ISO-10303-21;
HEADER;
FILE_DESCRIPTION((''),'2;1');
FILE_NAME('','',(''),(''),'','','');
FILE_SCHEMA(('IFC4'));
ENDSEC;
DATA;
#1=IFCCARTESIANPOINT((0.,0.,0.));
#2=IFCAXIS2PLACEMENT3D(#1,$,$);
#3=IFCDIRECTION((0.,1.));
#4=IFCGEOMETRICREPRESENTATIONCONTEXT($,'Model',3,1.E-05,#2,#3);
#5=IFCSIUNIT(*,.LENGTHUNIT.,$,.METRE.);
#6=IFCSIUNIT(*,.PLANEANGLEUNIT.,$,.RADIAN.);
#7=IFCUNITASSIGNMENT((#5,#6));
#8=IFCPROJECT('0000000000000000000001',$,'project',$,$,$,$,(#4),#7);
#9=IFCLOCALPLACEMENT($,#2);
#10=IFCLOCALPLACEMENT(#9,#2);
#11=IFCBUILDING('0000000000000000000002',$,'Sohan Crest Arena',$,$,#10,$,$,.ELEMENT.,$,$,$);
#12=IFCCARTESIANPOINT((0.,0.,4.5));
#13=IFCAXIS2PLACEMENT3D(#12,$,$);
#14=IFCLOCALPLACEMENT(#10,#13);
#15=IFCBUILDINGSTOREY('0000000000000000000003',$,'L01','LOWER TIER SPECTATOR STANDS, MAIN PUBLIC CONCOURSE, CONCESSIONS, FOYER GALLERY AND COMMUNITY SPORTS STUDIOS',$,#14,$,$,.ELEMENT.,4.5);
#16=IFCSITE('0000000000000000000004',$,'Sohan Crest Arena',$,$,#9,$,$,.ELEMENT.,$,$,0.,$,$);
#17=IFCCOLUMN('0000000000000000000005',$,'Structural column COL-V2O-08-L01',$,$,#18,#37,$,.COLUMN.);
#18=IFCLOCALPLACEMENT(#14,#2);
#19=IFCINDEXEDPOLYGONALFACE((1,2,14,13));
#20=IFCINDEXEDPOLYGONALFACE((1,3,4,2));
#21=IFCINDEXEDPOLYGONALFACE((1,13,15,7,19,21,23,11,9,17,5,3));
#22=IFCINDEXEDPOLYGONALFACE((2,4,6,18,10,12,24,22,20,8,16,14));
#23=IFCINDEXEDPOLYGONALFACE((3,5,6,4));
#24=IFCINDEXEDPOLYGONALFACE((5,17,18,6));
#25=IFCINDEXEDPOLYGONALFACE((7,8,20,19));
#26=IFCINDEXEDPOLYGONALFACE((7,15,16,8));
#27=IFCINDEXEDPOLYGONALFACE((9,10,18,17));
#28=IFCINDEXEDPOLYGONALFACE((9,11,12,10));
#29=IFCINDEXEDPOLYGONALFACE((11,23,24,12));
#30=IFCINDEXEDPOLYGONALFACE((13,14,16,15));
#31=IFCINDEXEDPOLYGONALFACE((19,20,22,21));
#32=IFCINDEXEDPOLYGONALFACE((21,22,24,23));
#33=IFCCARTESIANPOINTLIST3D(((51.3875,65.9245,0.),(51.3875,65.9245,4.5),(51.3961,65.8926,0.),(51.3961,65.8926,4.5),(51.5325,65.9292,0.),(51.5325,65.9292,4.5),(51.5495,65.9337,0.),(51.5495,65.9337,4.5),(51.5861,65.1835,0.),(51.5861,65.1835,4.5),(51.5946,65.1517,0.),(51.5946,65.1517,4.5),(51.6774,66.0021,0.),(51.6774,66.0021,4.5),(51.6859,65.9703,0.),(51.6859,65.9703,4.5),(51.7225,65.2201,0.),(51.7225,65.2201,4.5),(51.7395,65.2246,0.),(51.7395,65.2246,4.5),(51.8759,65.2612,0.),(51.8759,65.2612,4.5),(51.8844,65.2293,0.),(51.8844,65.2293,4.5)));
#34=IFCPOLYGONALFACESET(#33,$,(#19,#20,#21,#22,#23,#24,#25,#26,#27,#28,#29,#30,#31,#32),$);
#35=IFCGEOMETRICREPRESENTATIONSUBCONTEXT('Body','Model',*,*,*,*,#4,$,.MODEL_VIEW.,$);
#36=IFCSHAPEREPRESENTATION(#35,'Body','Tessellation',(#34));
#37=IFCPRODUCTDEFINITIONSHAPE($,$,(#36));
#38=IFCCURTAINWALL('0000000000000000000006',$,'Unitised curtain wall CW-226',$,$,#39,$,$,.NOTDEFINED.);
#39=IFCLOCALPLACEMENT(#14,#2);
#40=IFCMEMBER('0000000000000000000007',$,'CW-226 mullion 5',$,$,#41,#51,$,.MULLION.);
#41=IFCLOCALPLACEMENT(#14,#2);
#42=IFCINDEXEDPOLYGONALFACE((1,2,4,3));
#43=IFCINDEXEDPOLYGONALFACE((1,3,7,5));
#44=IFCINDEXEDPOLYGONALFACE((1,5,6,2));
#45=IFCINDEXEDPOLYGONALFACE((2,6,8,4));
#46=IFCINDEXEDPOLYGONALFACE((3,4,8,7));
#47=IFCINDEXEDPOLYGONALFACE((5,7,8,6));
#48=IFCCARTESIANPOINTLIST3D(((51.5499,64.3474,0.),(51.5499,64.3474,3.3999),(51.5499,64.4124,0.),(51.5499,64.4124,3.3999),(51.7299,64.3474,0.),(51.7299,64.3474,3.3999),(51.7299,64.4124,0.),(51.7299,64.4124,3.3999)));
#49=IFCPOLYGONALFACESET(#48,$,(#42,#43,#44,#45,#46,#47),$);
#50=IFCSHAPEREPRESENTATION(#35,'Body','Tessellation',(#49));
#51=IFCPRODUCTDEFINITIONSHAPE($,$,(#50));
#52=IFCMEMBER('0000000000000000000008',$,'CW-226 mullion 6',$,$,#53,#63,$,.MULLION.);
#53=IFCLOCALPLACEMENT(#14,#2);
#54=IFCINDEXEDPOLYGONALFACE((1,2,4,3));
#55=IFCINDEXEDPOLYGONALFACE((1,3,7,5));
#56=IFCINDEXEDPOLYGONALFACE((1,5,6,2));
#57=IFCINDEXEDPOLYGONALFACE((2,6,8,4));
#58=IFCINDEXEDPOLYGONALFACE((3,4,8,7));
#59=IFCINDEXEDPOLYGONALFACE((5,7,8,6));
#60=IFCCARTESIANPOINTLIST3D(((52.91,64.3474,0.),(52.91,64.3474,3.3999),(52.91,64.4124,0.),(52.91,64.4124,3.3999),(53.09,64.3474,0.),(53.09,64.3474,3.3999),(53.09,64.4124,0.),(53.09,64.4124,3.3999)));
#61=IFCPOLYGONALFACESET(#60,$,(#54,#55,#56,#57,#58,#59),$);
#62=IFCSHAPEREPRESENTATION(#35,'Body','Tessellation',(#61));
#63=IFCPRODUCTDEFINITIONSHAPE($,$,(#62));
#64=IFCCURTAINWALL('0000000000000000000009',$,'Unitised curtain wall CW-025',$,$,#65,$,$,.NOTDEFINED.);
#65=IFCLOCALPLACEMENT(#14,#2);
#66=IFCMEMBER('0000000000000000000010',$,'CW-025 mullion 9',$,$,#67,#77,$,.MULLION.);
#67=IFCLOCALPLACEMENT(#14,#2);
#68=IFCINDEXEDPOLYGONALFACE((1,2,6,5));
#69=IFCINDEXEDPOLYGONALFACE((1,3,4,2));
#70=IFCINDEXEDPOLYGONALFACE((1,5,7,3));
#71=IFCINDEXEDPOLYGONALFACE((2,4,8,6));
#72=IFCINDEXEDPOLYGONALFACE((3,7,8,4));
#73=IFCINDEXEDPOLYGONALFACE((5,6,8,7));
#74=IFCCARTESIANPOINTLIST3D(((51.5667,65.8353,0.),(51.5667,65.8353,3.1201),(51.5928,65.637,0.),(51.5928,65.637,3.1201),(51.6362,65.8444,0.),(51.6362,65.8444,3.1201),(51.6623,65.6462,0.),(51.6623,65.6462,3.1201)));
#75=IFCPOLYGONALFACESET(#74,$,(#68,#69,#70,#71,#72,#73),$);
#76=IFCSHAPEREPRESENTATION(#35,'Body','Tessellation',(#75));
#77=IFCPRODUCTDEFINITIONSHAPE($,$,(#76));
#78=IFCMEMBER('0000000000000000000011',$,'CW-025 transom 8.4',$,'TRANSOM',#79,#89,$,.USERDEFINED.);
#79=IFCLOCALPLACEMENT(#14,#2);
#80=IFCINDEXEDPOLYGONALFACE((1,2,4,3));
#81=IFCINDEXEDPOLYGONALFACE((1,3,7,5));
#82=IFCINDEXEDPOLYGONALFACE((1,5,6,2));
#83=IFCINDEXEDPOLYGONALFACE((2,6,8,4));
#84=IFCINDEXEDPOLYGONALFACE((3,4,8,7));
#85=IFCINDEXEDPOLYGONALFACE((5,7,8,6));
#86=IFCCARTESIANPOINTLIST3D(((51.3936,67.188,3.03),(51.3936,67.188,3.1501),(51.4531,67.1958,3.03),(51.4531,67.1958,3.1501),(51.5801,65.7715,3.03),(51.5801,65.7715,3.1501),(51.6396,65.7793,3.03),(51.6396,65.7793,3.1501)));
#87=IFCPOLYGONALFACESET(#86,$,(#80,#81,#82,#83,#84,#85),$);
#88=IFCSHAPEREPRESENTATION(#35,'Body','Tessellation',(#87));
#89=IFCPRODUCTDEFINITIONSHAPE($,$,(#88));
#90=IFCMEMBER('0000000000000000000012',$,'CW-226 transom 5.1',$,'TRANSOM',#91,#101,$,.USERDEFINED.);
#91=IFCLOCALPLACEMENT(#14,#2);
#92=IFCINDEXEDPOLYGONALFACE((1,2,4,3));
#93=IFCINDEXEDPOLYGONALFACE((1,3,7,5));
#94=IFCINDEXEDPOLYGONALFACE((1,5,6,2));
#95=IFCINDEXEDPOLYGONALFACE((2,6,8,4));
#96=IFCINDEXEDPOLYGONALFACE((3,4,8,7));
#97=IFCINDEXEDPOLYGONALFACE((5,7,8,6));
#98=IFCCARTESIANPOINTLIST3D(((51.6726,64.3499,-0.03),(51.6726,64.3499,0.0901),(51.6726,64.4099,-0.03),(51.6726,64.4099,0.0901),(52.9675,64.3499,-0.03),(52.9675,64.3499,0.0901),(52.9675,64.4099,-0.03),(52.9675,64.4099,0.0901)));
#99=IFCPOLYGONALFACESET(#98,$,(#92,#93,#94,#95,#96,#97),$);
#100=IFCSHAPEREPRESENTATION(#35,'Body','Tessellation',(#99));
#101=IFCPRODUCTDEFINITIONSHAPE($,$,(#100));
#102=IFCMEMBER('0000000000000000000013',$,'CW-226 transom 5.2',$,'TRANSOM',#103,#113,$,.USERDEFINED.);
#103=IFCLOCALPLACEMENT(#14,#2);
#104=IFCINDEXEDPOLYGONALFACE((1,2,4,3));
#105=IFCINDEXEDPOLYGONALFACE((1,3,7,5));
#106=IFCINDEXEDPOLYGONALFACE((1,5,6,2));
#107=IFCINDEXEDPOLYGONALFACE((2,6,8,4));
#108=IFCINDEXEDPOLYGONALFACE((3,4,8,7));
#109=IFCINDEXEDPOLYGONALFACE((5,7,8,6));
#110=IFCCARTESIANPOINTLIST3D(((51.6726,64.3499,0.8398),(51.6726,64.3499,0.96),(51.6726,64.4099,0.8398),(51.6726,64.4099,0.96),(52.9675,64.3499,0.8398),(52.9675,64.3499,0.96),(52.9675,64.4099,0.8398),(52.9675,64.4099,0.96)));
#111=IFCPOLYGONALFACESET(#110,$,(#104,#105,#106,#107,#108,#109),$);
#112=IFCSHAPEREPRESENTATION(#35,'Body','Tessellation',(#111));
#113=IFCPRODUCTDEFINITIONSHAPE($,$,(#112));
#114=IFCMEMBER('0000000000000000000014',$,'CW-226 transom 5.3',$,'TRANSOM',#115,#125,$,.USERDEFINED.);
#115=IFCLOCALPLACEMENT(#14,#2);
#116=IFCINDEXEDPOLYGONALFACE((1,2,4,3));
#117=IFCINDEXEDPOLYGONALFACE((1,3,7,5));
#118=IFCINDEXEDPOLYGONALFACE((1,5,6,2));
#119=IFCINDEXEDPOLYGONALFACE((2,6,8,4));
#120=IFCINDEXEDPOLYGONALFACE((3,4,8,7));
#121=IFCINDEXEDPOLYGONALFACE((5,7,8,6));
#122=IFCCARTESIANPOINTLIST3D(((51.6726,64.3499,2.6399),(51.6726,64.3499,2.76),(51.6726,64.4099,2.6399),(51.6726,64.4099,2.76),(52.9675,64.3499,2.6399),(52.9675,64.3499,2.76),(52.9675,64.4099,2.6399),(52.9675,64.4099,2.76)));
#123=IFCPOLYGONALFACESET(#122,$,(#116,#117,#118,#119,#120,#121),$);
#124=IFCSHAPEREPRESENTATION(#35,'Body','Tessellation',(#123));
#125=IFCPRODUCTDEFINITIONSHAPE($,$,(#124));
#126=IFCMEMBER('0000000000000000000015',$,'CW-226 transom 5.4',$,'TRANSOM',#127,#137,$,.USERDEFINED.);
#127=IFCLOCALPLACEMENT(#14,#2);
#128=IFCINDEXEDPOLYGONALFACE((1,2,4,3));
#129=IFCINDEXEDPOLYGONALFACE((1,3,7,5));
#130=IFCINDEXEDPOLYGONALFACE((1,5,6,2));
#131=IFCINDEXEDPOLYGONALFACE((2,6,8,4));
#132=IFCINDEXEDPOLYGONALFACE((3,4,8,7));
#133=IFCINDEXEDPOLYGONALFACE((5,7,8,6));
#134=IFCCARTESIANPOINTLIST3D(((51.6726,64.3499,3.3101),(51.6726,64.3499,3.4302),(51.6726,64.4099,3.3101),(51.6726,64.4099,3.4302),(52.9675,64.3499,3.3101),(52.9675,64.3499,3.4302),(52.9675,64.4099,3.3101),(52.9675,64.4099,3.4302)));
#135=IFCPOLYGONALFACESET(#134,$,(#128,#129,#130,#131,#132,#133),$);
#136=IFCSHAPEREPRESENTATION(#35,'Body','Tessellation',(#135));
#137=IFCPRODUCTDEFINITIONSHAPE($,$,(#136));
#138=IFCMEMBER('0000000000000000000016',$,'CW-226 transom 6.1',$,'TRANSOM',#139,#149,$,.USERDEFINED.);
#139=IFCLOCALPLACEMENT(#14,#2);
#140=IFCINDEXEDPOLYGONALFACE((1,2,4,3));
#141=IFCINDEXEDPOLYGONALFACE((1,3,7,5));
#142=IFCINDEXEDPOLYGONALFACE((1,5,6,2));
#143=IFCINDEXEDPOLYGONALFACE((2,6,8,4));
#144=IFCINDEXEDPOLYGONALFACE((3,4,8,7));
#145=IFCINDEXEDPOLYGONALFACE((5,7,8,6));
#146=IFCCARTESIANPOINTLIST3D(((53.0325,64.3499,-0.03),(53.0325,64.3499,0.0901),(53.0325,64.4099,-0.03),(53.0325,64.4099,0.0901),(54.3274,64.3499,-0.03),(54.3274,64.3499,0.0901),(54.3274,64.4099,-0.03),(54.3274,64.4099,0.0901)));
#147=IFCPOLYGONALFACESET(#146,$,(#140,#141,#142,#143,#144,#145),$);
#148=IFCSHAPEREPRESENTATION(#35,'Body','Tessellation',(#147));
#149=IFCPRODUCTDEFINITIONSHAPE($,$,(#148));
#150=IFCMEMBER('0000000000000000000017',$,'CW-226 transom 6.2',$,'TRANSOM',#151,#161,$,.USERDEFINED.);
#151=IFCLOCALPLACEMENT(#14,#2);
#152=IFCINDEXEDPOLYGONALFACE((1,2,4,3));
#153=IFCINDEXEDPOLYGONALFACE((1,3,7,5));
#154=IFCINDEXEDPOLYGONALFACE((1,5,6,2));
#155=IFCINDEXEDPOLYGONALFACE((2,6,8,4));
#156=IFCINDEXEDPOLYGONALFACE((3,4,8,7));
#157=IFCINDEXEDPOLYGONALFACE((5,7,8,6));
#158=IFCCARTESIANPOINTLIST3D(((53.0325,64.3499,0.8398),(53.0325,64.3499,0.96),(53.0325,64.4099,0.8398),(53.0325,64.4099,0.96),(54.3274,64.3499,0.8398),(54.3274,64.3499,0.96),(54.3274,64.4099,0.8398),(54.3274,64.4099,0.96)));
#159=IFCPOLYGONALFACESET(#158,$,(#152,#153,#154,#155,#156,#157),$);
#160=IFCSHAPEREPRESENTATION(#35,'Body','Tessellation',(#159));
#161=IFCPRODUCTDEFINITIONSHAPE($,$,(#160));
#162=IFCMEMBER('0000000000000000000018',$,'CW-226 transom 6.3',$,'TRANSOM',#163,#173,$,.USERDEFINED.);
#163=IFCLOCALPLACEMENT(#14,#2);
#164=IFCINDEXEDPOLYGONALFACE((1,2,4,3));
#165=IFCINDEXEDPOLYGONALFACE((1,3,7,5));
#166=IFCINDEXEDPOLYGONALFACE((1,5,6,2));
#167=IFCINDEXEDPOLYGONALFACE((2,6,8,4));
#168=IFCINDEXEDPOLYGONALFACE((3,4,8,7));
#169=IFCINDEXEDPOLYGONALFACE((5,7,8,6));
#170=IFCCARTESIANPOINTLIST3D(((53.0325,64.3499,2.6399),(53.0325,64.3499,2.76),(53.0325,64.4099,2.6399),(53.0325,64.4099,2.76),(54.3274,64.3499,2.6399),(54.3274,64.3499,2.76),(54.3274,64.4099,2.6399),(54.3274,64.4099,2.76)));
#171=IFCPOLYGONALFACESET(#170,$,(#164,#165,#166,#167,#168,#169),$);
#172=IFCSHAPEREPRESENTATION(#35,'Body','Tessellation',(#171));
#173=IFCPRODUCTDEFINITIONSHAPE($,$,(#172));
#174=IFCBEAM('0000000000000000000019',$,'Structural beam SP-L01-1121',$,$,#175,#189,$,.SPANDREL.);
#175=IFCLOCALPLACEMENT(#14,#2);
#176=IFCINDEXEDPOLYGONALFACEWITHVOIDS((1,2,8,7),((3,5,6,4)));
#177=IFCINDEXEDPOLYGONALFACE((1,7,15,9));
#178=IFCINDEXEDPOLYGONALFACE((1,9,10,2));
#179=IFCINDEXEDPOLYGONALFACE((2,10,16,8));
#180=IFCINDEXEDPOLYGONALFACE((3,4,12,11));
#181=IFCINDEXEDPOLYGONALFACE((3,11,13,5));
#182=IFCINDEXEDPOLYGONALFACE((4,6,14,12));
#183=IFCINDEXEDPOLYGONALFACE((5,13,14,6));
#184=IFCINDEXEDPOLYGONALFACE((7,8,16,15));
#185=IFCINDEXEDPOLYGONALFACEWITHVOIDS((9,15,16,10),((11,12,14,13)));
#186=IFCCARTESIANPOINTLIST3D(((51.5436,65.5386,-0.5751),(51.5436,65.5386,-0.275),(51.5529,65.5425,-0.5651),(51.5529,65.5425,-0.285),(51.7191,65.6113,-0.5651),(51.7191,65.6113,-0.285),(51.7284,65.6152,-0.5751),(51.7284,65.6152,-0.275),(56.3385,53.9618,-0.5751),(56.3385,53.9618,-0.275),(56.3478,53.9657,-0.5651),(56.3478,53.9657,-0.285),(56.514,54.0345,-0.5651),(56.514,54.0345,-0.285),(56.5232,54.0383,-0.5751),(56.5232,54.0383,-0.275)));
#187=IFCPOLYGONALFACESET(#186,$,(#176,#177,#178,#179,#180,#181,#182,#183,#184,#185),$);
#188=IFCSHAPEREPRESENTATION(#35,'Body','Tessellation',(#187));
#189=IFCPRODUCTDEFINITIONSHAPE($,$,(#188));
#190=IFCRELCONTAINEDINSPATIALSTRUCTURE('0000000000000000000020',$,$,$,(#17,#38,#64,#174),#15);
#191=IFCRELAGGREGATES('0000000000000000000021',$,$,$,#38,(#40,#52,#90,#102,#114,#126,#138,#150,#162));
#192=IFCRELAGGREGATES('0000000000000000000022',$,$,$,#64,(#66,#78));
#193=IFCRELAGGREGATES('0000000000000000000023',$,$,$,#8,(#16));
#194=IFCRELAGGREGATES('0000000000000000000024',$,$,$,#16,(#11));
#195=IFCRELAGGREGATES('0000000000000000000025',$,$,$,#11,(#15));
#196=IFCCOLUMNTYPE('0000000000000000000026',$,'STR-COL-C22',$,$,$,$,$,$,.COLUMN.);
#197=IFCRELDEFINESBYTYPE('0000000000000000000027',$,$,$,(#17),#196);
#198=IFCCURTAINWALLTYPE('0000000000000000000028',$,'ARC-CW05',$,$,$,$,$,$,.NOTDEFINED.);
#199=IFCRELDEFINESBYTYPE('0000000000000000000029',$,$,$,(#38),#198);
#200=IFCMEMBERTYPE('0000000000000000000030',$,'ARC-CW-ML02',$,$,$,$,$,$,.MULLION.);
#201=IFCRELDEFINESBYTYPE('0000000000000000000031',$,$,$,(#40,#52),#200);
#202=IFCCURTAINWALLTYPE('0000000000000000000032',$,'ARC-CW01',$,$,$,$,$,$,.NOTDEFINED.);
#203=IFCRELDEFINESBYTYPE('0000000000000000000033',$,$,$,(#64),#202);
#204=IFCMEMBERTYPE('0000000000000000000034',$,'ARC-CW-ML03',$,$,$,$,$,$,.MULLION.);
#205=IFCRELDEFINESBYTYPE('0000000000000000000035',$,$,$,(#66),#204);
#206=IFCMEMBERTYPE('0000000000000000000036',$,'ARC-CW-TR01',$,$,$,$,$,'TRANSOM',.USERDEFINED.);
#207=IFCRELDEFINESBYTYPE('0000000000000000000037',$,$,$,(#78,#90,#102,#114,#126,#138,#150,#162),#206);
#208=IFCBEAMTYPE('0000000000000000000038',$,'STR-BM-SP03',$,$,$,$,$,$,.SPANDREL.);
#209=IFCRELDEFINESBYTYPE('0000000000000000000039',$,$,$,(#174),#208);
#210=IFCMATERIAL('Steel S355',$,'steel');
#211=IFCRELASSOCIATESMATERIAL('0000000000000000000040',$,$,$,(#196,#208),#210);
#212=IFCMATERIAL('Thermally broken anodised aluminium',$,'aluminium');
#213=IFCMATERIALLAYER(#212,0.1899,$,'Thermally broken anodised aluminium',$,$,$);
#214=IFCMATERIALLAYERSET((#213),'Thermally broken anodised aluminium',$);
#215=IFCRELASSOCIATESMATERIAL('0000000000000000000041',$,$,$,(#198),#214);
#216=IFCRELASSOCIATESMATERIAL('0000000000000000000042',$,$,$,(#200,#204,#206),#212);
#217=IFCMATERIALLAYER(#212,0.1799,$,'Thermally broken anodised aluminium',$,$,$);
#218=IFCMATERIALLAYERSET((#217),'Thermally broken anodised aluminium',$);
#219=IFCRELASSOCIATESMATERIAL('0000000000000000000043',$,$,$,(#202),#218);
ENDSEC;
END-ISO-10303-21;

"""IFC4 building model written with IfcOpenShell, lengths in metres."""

from ifc_helpers import new_model, si_unit, direction, frame, origin, origin_2d, place, context, subcontext, project, spatial, rectangle, hollow_rectangle, i_section, extrude, material, layer, layer_set, material_profile, profile_set, type_object, element, aggregate, save


model = new_model("IFC4")

# Units and contexts
model_context = context("Model", 3, precision=1e-05, world=origin(), true_north=direction((0.0, 1.0)))
body_context = subcontext(model_context, "Body", "Model", "MODEL_VIEW")
ifc_project = project(units=[si_unit("LENGTHUNIT", "METRE"), si_unit("PLANEANGLEUNIT", "RADIAN")], contexts=[model_context])

# Site, building, storey
site_placement = place(None, origin())
site = spatial("IfcSite", under=ifc_project, at=site_placement, Name="Sohan Crest Arena", CompositionType="ELEMENT", RefElevation=0.0)
building_placement = place(site_placement, origin())
building = spatial("IfcBuilding", under=site, at=building_placement, Name="Sohan Crest Arena", CompositionType="ELEMENT")
storey_placement = place(building_placement, frame((0.0, 0.0, 4.5)))
storey = spatial("IfcBuildingStorey", under=building, at=storey_placement, Name="L01", Description="LOWER TIER SPECTATOR STANDS, MAIN PUBLIC CONCOURSE, CONCESSIONS, FOYER GALLERY AND COMMUNITY SPORTS STUDIOS", CompositionType="ELEMENT", Elevation=4.5)

# Column
ifc_material_1 = material(Name="Steel S355", Category="steel")
ifc_material_profile_1 = material_profile(ifc_material_1, i_section(OverallWidth=0.3, OverallDepth=0.8, WebThickness=0.0176, FlangeThickness=0.033, at=origin_2d()), Name="HEB 800")
ifc_profile_set_1 = profile_set([ifc_material_profile_1], Name="Steel S355")
column_type = type_object("IfcColumnType", Name="STR-COL-C22", PredefinedType="COLUMN", material=ifc_profile_set_1)
column_placement = place(storey_placement, frame((51.636, 65.5769, 0.0), z_axis=(0.0, 0.0, 1.0), x_axis=(0.965926, 0.258819, 0.0)))
element("IfcColumn", 1, at=column_placement, inside=storey, type_object=column_type, Name="Structural column COL-V2O-08-L01", PredefinedType="COLUMN", context=body_context, shape_type="SweptSolid", body=[
    extrude(i_section(OverallWidth=0.3, OverallDepth=0.8, WebThickness=0.0176, FlangeThickness=0.033, at=origin_2d()), origin(), (0.0, 0.0, 1.0), 4.5),
])

# Curtain walls, members
ifc_material_2 = material(Name="Thermally broken anodised aluminium", Category="aluminium")
ifc_layer_1 = layer(ifc_material_2, 0.1899, Name="Thermally broken anodised aluminium")
ifc_layer_set_1 = layer_set([ifc_layer_1], Name="Thermally broken anodised aluminium")
curtain_wall_type_1 = type_object("IfcCurtainWallType", Name="ARC-CW05", PredefinedType="NOTDEFINED", material=ifc_layer_set_1)
curtain_wall_1_placement = place(storey_placement, origin())
curtain_wall_1 = element("IfcCurtainWall", 2, at=curtain_wall_1_placement, inside=storey, type_object=curtain_wall_type_1, Name="Unitised curtain wall CW-226", PredefinedType="NOTDEFINED")
ifc_material_profile_2 = material_profile(ifc_material_2, rectangle(XDim=0.0649, YDim=0.1799, at=origin_2d()), Name="ALU-MULL 65x180")
ifc_profile_set_2 = profile_set([ifc_material_profile_2], Name="Thermally broken anodised aluminium")
member_type_1 = type_object("IfcMemberType", Name="ARC-CW-ML02", PredefinedType="MULLION", material=ifc_profile_set_2)
member_1_placement = place(storey_placement, frame((51.6399, 64.3799, 0.0), z_axis=(0.0, 0.0, 1.0), x_axis=(0.0, 1.0, 0.0)))
member_1 = element("IfcMember", 3, at=member_1_placement, type_object=member_type_1, Name="CW-226 mullion 5", PredefinedType="MULLION", context=body_context, shape_type="SweptSolid", body=[
    extrude(rectangle(XDim=0.0649, YDim=0.1799, at=origin_2d()), origin(), (0.0, 0.0, 1.0), 3.3999),
])
member_2_placement = place(storey_placement, frame((53.0, 64.3799, 0.0), z_axis=(0.0, 0.0, 1.0), x_axis=(0.0, 1.0, 0.0)))
member_2 = element("IfcMember", 4, at=member_2_placement, type_object=member_type_1, Name="CW-226 mullion 6", PredefinedType="MULLION", context=body_context, shape_type="SweptSolid", body=[
    extrude(rectangle(XDim=0.0649, YDim=0.1799, at=origin_2d()), origin(), (0.0, 0.0, 1.0), 3.3999),
])
ifc_layer_2 = layer(ifc_material_2, 0.1799, Name="Thermally broken anodised aluminium")
ifc_layer_set_2 = layer_set([ifc_layer_2], Name="Thermally broken anodised aluminium")
curtain_wall_type_2 = type_object("IfcCurtainWallType", Name="ARC-CW01", PredefinedType="NOTDEFINED", material=ifc_layer_set_2)
curtain_wall_2_placement = place(storey_placement, origin())
curtain_wall_2 = element("IfcCurtainWall", 5, at=curtain_wall_2_placement, inside=storey, type_object=curtain_wall_type_2, Name="Unitised curtain wall CW-025", PredefinedType="NOTDEFINED")
ifc_material_profile_3 = material_profile(ifc_material_2, rectangle(XDim=0.0701, YDim=0.2, at=origin_2d()), Name="ALU-MULL 70x200")
ifc_profile_set_3 = profile_set([ifc_material_profile_3], Name="Thermally broken anodised aluminium")
member_type_2 = type_object("IfcMemberType", Name="ARC-CW-ML03", PredefinedType="MULLION", material=ifc_profile_set_3)
member_3_placement = place(storey_placement, frame((51.6145, 65.7407, 0.0), z_axis=(0.0, 0.0, 1.0), x_axis=(0.99144, 0.130562, 0.0)))
member_3 = element("IfcMember", 6, at=member_3_placement, type_object=member_type_2, Name="CW-025 mullion 9", PredefinedType="MULLION", context=body_context, shape_type="SweptSolid", body=[
    extrude(rectangle(XDim=0.0701, YDim=0.2, at=origin_2d()), origin(), (0.0, 0.0, 1.0), 3.1201),
])
ifc_material_profile_4 = material_profile(ifc_material_2, rectangle(XDim=0.0601, YDim=0.1201, at=origin_2d()), Name="ALU-TRAN 60x120")
ifc_profile_set_4 = profile_set([ifc_material_profile_4], Name="Thermally broken anodised aluminium")
member_type_3 = type_object("IfcMemberType", Name="ARC-CW-TR01", ElementType="TRANSOM", PredefinedType="USERDEFINED", material=ifc_profile_set_4)
member_4_placement = place(storey_placement, frame((51.4233, 67.1919, 3.0901), z_axis=(0.130552, -0.991441, 0.0), x_axis=(0.991441, 0.130552, 0.0)))
member_4 = element("IfcMember", 7, at=member_4_placement, type_object=member_type_3, Name="CW-025 transom 8.4", ObjectType="TRANSOM", PredefinedType="USERDEFINED", context=body_context, shape_type="SweptSolid", body=[
    extrude(rectangle(XDim=0.0601, YDim=0.1201, at=origin_2d()), origin(), (0.0, 0.0, 1.0), 1.4287),
])

# Members
member_5_placement = place(storey_placement, frame((51.6726, 64.3799, 0.03), z_axis=(1.0, 0.0, 0.0), x_axis=(0.0, 1.0, 0.0)))
member_5 = element("IfcMember", 8, at=member_5_placement, type_object=member_type_3, Name="CW-226 transom 5.1", ObjectType="TRANSOM", PredefinedType="USERDEFINED", context=body_context, shape_type="SweptSolid", body=[
    extrude(rectangle(XDim=0.0601, YDim=0.1201, at=origin_2d()), origin(), (0.0, 0.0, 1.0), 1.2949),
])
member_6_placement = place(storey_placement, frame((51.6726, 64.3799, 0.8999), z_axis=(1.0, 0.0, 0.0), x_axis=(0.0, 1.0, 0.0)))
member_6 = element("IfcMember", 9, at=member_6_placement, type_object=member_type_3, Name="CW-226 transom 5.2", ObjectType="TRANSOM", PredefinedType="USERDEFINED", context=body_context, shape_type="SweptSolid", body=[
    extrude(rectangle(XDim=0.0601, YDim=0.1201, at=origin_2d()), origin(), (0.0, 0.0, 1.0), 1.2949),
])
member_7_placement = place(storey_placement, frame((51.6726, 64.3799, 2.7), z_axis=(1.0, 0.0, 0.0), x_axis=(0.0, 1.0, 0.0)))
member_7 = element("IfcMember", 10, at=member_7_placement, type_object=member_type_3, Name="CW-226 transom 5.3", ObjectType="TRANSOM", PredefinedType="USERDEFINED", context=body_context, shape_type="SweptSolid", body=[
    extrude(rectangle(XDim=0.0601, YDim=0.1201, at=origin_2d()), origin(), (0.0, 0.0, 1.0), 1.2949),
])
member_8_placement = place(storey_placement, frame((51.6726, 64.3799, 3.3701), z_axis=(1.0, 0.0, 0.0), x_axis=(0.0, 1.0, 0.0)))
member_8 = element("IfcMember", 11, at=member_8_placement, type_object=member_type_3, Name="CW-226 transom 5.4", ObjectType="TRANSOM", PredefinedType="USERDEFINED", context=body_context, shape_type="SweptSolid", body=[
    extrude(rectangle(XDim=0.0601, YDim=0.1201, at=origin_2d()), origin(), (0.0, 0.0, 1.0), 1.2949),
])
member_9_placement = place(storey_placement, frame((53.0325, 64.3799, 0.03), z_axis=(1.0, 0.0, 0.0), x_axis=(0.0, 1.0, 0.0)))
member_9 = element("IfcMember", 12, at=member_9_placement, type_object=member_type_3, Name="CW-226 transom 6.1", ObjectType="TRANSOM", PredefinedType="USERDEFINED", context=body_context, shape_type="SweptSolid", body=[
    extrude(rectangle(XDim=0.0601, YDim=0.1201, at=origin_2d()), origin(), (0.0, 0.0, 1.0), 1.2949),
])
member_10_placement = place(storey_placement, frame((53.0325, 64.3799, 0.8999), z_axis=(1.0, 0.0, 0.0), x_axis=(0.0, 1.0, 0.0)))
member_10 = element("IfcMember", 13, at=member_10_placement, type_object=member_type_3, Name="CW-226 transom 6.2", ObjectType="TRANSOM", PredefinedType="USERDEFINED", context=body_context, shape_type="SweptSolid", body=[
    extrude(rectangle(XDim=0.0601, YDim=0.1201, at=origin_2d()), origin(), (0.0, 0.0, 1.0), 1.2949),
])
member_11_placement = place(storey_placement, frame((53.0325, 64.3799, 2.7), z_axis=(1.0, 0.0, 0.0), x_axis=(0.0, 1.0, 0.0)))
member_11 = element("IfcMember", 14, at=member_11_placement, type_object=member_type_3, Name="CW-226 transom 6.3", ObjectType="TRANSOM", PredefinedType="USERDEFINED", context=body_context, shape_type="SweptSolid", body=[
    extrude(rectangle(XDim=0.0601, YDim=0.1201, at=origin_2d()), origin(), (0.0, 0.0, 1.0), 1.2949),
])

# Beam
ifc_material_profile_5 = material_profile(ifc_material_1, hollow_rectangle(XDim=0.2, YDim=0.3, WallThickness=0.01, at=origin_2d()), Name="RHS 300x200x10")
ifc_profile_set_5 = profile_set([ifc_material_profile_5], Name="Steel S355")
beam_type = type_object("IfcBeamType", Name="STR-BM-SP03", PredefinedType="SPANDREL", material=ifc_profile_set_5)
beam_placement = place(storey_placement, frame((51.636, 65.5769, -0.425), z_axis=(0.382657, -0.923891, 0.0), x_axis=(0.923891, 0.382657, 0.0)))
element("IfcBeam", 15, at=beam_placement, inside=storey, type_object=beam_type, Name="Structural beam SP-L01-1121", PredefinedType="SPANDREL", context=body_context, shape_type="SweptSolid", body=[
    extrude(hollow_rectangle(XDim=0.2, YDim=0.3, WallThickness=0.01, at=origin_2d()), origin(), (0.0, 0.0, 1.0), 12.5305),
])

aggregate(curtain_wall_1, [member_1, member_2, member_5, member_6, member_7, member_8, member_9, member_10, member_11])
aggregate(curtain_wall_2, [member_3, member_4])

save(model, "model.ifc")
